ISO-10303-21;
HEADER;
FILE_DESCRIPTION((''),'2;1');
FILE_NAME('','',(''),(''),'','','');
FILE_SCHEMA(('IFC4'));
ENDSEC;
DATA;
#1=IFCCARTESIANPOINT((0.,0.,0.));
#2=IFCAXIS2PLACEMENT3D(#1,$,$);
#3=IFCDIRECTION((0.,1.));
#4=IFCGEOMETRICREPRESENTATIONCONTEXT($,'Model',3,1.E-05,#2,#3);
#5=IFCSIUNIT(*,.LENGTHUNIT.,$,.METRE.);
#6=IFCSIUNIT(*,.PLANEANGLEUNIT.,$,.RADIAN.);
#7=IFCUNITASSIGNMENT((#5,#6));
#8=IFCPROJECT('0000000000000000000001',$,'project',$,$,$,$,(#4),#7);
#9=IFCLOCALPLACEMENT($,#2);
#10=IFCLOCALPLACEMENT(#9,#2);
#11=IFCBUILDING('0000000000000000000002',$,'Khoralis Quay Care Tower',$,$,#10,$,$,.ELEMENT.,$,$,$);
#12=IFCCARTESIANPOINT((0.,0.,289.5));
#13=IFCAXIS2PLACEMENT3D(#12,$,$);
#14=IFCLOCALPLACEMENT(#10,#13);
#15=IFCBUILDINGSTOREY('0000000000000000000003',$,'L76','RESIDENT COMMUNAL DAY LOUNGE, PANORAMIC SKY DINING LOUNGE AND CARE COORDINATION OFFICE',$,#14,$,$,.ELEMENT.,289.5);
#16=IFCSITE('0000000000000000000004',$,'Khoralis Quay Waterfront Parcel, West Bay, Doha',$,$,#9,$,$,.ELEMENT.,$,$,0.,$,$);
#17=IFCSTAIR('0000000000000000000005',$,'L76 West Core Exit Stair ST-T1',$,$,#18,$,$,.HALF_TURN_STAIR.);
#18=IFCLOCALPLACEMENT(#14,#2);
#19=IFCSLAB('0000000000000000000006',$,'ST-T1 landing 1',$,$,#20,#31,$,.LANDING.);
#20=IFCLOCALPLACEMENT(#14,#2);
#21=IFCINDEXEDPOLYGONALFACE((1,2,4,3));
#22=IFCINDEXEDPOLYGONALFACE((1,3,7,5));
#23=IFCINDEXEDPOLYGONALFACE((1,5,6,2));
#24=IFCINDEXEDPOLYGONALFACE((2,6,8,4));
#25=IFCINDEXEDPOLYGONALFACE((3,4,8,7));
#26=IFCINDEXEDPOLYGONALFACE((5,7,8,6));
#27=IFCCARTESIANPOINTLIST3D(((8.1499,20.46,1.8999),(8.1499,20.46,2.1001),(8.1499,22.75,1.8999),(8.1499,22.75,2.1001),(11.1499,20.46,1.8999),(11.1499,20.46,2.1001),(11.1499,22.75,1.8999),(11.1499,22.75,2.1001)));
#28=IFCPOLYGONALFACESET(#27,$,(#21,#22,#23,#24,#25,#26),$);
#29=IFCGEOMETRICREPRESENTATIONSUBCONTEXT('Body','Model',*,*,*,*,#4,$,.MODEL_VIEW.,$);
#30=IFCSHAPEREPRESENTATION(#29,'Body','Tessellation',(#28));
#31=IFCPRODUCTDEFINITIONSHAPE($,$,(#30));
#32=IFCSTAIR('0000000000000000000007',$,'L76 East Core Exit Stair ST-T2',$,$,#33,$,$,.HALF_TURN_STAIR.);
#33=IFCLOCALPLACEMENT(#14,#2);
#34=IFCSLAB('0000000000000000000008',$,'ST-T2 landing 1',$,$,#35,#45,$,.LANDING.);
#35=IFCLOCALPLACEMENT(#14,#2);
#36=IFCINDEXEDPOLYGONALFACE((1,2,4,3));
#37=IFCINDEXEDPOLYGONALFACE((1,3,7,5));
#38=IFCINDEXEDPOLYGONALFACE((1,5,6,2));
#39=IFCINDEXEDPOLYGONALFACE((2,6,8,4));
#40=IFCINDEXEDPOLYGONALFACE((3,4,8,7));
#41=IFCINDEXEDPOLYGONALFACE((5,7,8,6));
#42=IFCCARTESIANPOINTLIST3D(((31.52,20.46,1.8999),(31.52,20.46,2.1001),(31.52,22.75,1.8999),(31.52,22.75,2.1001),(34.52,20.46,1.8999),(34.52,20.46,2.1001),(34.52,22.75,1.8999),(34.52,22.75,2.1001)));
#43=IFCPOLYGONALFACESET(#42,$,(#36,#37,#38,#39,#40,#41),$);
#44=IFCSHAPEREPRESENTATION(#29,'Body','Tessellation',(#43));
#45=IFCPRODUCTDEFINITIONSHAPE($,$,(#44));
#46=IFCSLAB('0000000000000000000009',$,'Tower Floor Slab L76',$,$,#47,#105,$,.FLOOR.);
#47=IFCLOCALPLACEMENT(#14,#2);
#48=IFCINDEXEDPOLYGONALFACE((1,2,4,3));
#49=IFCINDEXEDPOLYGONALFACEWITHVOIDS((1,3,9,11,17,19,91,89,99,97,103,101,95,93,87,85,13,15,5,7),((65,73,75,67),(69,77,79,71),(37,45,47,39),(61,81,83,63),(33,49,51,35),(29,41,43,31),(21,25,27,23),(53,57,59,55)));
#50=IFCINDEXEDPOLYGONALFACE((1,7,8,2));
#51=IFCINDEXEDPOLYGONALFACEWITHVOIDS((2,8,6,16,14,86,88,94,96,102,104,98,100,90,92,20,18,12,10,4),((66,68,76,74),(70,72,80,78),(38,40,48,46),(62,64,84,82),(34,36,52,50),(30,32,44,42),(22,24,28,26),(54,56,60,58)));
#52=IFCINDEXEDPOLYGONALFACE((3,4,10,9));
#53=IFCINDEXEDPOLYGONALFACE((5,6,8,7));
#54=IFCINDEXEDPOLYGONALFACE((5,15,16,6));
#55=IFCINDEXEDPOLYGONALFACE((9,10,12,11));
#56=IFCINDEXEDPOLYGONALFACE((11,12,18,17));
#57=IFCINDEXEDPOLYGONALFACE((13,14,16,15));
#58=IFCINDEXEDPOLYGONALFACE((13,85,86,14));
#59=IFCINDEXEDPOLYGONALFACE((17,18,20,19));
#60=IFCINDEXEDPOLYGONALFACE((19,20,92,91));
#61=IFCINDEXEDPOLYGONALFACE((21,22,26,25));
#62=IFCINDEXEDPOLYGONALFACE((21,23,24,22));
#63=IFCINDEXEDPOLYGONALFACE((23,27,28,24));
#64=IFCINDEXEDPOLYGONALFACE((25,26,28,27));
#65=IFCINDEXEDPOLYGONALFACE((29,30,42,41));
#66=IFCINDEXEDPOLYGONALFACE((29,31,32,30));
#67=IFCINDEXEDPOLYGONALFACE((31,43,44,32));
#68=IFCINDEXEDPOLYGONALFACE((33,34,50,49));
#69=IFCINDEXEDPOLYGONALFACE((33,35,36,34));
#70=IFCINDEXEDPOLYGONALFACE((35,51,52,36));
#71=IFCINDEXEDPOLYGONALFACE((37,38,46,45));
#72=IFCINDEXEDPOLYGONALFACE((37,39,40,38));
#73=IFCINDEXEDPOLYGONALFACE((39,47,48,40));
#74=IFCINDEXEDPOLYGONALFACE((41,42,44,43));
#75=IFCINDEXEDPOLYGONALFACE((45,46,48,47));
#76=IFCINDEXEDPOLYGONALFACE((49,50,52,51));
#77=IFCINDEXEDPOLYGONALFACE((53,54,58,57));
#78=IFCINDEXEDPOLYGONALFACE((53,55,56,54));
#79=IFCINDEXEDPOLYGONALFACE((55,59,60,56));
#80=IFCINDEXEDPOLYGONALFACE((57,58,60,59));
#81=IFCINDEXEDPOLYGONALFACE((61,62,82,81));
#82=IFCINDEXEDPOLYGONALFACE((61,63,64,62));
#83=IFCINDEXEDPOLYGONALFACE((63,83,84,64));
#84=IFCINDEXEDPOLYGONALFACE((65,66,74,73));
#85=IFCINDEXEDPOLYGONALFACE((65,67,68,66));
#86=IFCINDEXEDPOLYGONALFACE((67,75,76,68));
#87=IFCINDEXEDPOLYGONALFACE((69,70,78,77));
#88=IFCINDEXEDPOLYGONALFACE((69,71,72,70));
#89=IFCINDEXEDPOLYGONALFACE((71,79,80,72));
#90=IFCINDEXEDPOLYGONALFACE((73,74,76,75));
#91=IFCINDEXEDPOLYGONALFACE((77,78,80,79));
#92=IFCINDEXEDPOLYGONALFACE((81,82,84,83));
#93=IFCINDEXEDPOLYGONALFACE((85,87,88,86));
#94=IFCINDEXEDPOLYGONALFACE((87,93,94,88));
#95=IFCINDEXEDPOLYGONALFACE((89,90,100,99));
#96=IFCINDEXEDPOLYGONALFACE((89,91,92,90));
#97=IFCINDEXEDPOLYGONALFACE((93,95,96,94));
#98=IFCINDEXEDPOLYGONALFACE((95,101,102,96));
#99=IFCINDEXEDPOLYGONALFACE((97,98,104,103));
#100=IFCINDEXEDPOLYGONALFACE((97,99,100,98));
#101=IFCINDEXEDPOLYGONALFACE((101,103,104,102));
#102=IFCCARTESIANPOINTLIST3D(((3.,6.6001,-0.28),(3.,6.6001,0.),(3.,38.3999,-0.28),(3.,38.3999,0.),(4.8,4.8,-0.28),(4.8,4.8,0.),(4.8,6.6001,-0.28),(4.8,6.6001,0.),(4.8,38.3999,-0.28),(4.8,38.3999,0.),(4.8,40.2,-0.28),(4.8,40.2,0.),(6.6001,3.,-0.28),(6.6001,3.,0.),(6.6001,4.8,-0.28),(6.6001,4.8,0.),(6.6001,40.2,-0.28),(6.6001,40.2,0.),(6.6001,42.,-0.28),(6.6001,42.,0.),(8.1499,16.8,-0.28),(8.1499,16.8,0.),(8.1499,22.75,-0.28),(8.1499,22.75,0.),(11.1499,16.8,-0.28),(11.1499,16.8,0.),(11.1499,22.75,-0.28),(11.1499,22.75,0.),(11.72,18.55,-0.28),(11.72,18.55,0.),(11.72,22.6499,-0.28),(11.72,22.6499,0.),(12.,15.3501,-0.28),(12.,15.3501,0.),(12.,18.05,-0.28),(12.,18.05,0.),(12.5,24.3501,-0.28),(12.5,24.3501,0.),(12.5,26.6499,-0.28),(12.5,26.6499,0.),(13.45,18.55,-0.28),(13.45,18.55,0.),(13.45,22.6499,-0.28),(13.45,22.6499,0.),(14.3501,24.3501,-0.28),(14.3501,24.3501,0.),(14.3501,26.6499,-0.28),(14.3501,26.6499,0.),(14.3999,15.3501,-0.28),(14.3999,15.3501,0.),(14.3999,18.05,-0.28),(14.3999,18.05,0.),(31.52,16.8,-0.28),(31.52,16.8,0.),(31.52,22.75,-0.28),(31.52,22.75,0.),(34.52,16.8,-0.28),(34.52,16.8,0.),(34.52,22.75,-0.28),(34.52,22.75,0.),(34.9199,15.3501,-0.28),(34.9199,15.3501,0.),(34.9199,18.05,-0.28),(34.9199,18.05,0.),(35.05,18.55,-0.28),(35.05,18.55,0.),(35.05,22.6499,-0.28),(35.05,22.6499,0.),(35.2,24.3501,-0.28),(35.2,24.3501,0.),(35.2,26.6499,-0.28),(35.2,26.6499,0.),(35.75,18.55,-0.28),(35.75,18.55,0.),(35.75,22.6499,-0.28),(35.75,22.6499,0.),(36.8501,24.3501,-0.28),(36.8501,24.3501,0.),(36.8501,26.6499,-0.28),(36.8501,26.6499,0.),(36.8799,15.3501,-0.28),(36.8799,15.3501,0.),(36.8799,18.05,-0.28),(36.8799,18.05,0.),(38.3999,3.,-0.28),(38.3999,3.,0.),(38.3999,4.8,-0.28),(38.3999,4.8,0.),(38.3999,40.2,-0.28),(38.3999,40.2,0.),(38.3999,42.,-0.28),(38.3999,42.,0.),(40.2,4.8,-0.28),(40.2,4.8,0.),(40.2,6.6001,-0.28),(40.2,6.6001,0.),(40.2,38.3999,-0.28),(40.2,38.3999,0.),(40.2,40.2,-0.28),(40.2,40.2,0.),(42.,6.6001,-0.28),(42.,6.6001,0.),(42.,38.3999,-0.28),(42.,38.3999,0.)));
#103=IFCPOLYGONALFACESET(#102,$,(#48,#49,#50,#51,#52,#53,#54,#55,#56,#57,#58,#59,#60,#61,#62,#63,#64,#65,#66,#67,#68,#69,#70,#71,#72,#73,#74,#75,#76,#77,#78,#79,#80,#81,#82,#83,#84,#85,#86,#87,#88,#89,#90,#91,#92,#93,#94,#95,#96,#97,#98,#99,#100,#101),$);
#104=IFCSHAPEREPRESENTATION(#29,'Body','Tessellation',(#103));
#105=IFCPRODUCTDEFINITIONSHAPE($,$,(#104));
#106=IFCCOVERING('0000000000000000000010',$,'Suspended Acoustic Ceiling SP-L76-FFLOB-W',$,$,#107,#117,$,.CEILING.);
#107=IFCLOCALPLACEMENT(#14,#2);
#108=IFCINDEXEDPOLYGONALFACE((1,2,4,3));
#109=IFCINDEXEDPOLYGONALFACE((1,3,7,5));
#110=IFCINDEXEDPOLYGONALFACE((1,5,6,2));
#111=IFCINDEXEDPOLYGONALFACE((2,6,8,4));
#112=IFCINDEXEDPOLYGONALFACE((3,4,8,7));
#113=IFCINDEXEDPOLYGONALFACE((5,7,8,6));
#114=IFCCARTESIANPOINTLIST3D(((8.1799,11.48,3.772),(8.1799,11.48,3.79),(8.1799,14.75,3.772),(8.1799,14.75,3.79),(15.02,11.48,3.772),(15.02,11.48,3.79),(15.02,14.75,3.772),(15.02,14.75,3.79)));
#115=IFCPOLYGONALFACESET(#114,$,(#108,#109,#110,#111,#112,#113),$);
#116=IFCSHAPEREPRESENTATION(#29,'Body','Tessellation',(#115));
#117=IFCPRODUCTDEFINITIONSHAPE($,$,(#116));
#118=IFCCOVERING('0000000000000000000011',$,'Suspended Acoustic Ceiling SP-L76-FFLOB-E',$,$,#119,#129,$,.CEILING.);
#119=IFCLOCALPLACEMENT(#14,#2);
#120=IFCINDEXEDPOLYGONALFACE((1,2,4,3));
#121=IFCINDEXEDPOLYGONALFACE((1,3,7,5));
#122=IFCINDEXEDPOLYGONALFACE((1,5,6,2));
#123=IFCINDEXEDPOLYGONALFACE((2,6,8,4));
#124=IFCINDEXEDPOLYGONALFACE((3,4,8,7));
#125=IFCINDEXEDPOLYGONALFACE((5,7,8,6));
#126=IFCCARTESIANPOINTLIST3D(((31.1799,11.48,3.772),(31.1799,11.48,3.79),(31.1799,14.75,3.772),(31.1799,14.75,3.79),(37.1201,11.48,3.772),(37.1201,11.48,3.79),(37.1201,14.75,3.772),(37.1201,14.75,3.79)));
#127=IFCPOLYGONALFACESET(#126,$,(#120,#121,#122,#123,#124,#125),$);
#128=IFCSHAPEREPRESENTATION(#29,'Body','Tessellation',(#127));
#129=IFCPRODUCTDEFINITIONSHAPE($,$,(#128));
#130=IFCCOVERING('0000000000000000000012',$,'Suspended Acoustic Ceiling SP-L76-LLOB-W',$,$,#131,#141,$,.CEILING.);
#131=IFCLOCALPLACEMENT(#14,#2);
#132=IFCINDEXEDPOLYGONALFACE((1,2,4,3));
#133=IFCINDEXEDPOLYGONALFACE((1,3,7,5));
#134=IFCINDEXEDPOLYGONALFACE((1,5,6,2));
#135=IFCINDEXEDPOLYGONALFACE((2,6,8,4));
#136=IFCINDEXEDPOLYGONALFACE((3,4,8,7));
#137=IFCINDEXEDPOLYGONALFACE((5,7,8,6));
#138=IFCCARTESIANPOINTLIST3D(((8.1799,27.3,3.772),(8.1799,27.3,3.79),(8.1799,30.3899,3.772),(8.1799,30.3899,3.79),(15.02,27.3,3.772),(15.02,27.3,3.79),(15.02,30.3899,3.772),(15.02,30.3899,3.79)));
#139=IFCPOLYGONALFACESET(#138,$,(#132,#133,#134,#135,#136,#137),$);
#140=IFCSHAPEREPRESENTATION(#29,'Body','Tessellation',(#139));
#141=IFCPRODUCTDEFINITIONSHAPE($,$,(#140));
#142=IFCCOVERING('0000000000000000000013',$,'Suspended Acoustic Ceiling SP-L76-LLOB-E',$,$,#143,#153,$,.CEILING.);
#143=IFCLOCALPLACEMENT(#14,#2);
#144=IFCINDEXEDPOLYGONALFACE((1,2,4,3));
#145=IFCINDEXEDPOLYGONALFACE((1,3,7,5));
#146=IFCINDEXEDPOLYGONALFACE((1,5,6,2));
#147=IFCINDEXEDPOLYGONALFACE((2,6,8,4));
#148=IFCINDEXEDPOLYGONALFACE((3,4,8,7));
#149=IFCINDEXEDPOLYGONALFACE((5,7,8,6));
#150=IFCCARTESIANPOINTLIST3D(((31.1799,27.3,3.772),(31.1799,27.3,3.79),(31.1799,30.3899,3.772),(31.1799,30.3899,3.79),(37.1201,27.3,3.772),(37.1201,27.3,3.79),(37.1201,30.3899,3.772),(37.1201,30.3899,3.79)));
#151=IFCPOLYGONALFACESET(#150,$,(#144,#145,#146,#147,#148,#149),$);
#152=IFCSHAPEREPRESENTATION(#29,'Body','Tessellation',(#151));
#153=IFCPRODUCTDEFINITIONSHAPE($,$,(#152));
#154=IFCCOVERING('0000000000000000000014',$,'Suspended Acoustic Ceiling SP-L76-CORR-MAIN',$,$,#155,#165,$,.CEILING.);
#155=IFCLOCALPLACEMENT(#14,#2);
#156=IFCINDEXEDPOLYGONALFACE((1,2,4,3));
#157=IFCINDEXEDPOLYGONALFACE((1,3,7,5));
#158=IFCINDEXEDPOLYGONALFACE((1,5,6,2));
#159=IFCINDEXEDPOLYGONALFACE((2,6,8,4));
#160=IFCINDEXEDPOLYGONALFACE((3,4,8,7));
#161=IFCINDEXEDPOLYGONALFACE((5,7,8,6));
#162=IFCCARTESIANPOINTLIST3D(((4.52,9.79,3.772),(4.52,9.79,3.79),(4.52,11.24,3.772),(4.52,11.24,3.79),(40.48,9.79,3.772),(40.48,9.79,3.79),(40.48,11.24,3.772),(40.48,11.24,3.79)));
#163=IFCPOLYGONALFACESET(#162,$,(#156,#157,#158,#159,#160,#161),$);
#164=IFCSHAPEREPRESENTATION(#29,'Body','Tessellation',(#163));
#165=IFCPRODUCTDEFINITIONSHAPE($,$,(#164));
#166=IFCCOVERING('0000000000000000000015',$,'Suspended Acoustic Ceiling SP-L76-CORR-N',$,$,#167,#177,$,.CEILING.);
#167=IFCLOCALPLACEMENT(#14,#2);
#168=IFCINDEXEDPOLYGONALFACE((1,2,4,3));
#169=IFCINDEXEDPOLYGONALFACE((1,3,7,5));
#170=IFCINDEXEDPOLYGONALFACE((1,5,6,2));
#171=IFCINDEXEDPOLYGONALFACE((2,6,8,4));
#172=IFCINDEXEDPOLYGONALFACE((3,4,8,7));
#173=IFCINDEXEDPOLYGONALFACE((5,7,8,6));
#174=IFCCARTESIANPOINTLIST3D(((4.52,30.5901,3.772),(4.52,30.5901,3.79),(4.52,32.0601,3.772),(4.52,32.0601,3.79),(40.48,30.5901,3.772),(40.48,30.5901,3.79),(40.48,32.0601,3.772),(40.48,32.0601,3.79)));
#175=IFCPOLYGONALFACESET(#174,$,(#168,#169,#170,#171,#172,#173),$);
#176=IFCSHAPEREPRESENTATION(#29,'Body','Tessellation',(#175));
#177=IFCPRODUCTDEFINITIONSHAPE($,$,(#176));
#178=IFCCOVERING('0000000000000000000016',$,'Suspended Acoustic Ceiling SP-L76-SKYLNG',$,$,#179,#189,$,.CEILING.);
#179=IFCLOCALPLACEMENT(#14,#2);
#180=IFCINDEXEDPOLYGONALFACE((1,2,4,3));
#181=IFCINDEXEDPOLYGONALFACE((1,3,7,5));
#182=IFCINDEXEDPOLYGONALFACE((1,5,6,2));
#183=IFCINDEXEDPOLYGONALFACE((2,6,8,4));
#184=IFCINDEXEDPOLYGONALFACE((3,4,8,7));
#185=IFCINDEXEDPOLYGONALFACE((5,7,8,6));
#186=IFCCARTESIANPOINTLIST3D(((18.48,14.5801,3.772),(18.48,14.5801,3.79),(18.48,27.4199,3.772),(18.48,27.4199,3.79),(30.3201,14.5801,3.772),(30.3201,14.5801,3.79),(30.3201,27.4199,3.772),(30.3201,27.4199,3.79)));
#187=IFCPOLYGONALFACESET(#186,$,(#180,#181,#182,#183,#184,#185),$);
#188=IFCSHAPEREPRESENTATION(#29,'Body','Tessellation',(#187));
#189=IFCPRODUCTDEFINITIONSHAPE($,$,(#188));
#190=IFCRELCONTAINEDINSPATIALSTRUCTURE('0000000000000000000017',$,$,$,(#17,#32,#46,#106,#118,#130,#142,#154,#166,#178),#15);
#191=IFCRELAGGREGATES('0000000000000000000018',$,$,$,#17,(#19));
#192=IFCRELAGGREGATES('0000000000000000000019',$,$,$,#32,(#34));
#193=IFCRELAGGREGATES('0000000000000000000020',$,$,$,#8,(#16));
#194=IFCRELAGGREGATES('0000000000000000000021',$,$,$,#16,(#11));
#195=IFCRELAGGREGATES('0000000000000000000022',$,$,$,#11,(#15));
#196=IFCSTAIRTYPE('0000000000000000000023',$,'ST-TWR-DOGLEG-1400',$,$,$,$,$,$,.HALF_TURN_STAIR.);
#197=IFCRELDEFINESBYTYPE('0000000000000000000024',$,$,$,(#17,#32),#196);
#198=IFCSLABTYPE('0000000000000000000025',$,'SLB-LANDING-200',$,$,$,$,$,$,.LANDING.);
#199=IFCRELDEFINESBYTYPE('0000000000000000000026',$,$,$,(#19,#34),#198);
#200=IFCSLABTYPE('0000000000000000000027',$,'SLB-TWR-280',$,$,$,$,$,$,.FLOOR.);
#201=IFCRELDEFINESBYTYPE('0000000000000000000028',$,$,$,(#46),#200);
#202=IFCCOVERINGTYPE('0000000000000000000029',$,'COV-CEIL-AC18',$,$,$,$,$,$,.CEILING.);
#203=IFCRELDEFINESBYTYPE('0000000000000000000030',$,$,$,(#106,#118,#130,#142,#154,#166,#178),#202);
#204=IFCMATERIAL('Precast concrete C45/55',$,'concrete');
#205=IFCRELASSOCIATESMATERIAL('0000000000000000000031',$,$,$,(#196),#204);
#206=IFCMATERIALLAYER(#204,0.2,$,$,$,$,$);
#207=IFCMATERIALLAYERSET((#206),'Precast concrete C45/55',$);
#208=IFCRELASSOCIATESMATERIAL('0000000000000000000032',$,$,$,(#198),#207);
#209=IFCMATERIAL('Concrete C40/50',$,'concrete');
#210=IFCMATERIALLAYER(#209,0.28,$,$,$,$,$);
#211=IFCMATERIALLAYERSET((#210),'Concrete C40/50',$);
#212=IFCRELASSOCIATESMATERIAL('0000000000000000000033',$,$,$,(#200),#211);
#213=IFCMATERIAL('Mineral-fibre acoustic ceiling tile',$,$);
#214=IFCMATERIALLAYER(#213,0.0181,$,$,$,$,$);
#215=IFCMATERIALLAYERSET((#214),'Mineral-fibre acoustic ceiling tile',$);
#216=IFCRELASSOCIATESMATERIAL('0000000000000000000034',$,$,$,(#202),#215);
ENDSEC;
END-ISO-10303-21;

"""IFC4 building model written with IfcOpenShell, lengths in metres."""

from ifc_helpers import new_model, si_unit, direction, frame, origin, place, context, subcontext, project, spatial, polyline, outline, extrude, material, layer, layer_set, type_object, element, aggregate, save


model = new_model("IFC4")

# Units and contexts
model_context = context("Model", 3, precision=1e-05, world=origin(), true_north=direction((0.0, 1.0)))
body_context = subcontext(model_context, "Body", "Model", "MODEL_VIEW")
ifc_project = project(units=[si_unit("LENGTHUNIT", "METRE"), si_unit("PLANEANGLEUNIT", "RADIAN")], contexts=[model_context])

# Site, building, storey
site_placement = place(None, origin())
site = spatial("IfcSite", under=ifc_project, at=site_placement, Name="Khoralis Quay Waterfront Parcel, West Bay, Doha", CompositionType="ELEMENT", RefElevation=0.0)
building_placement = place(site_placement, origin())
building = spatial("IfcBuilding", under=site, at=building_placement, Name="Khoralis Quay Care Tower", CompositionType="ELEMENT")
storey_placement = place(building_placement, frame((0.0, 0.0, 289.5)))
storey = spatial("IfcBuildingStorey", under=building, at=storey_placement, Name="L76", Description="RESIDENT COMMUNAL DAY LOUNGE, PANORAMIC SKY DINING LOUNGE AND CARE COORDINATION OFFICE", CompositionType="ELEMENT", Elevation=289.5)

# Stairs, slabs
ifc_material_1 = material(Name="Precast concrete C45/55", Category="concrete")
stair_type = type_object("IfcStairType", Name="ST-TWR-DOGLEG-1400", PredefinedType="HALF_TURN_STAIR", material=ifc_material_1)
stair_1_placement = place(storey_placement, origin())
stair_1 = element("IfcStair", 1, at=stair_1_placement, inside=storey, type_object=stair_type, Name="L76 West Core Exit Stair ST-T1", PredefinedType="HALF_TURN_STAIR")
ifc_layer_1 = layer(ifc_material_1, 0.2)
ifc_layer_set_1 = layer_set([ifc_layer_1], Name="Precast concrete C45/55")
slab_type_1 = type_object("IfcSlabType", Name="SLB-LANDING-200", PredefinedType="LANDING", material=ifc_layer_set_1)
slab_1_placement = place(storey_placement, frame((0.0, 0.0, 1.8999)))
slab_1 = element("IfcSlab", 2, at=slab_1_placement, type_object=slab_type_1, Name="ST-T1 landing 1", PredefinedType="LANDING", context=body_context, shape_type="SweptSolid", body=[
    extrude(outline(polyline([(11.1499, 20.46), (11.1499, 22.75), (8.1499, 22.75), (8.1499, 20.46), (11.1499, 20.46)])), origin(), (0.0, 0.0, 1.0), 0.2002),
])
aggregate(stair_1, [slab_1])
stair_2_placement = place(storey_placement, origin())
stair_2 = element("IfcStair", 3, at=stair_2_placement, inside=storey, type_object=stair_type, Name="L76 East Core Exit Stair ST-T2", PredefinedType="HALF_TURN_STAIR")
slab_2_placement = place(storey_placement, frame((0.0, 0.0, 1.8999)))
slab_2 = element("IfcSlab", 4, at=slab_2_placement, type_object=slab_type_1, Name="ST-T2 landing 1", PredefinedType="LANDING", context=body_context, shape_type="SweptSolid", body=[
    extrude(outline(polyline([(34.52, 20.46), (34.52, 22.75), (31.52, 22.75), (31.52, 20.46), (34.52, 20.46)])), origin(), (0.0, 0.0, 1.0), 0.2002),
])
aggregate(stair_2, [slab_2])

# Slab
ifc_material_2 = material(Name="Concrete C40/50", Category="concrete")
ifc_layer_2 = layer(ifc_material_2, 0.28)
ifc_layer_set_2 = layer_set([ifc_layer_2], Name="Concrete C40/50")
slab_type_2 = type_object("IfcSlabType", Name="SLB-TWR-280", PredefinedType="FLOOR", material=ifc_layer_set_2)
slab_3_placement = place(storey_placement, frame((0.0, 0.0, -0.28)))
element("IfcSlab", 5, at=slab_3_placement, inside=storey, type_object=slab_type_2, Name="Tower Floor Slab L76", PredefinedType="FLOOR", context=body_context, shape_type="SweptSolid", body=[
    extrude(outline(polyline([(6.6001, 3.0), (38.3999, 3.0), (38.3999, 4.8), (40.2, 4.8), (40.2, 6.6001), (42.0, 6.6001), (42.0, 38.3999), (40.2, 38.3999), (40.2, 40.2), (38.3999, 40.2), (38.3999, 42.0), (6.6001, 42.0), (6.6001, 40.2), (4.8, 40.2), (4.8, 38.3999), (3.0, 38.3999), (3.0, 6.6001), (4.8, 6.6001), (4.8, 4.8), (6.6001, 4.8), (6.6001, 3.0)]), holes=[polyline([(11.1499, 16.8), (11.1499, 22.75), (8.1499, 22.75), (8.1499, 16.8), (11.1499, 16.8)]), polyline([(34.52, 16.8), (34.52, 22.75), (31.52, 22.75), (31.52, 16.8), (34.52, 16.8)]), polyline([(12.0, 15.3501), (14.3999, 15.3501), (14.3999, 18.05), (12.0, 18.05), (12.0, 15.3501)]), polyline([(34.9199, 15.3501), (36.8799, 15.3501), (36.8799, 18.05), (34.9199, 18.05), (34.9199, 15.3501)]), polyline([(12.5, 24.3501), (14.3501, 24.3501), (14.3501, 26.6499), (12.5, 26.6499), (12.5, 24.3501)]), polyline([(35.2, 24.3501), (36.8501, 24.3501), (36.8501, 26.6499), (35.2, 26.6499), (35.2, 24.3501)]), polyline([(11.72, 18.55), (13.45, 18.55), (13.45, 22.6499), (11.72, 22.6499), (11.72, 18.55)]), polyline([(35.05, 18.55), (35.75, 18.55), (35.75, 22.6499), (35.05, 22.6499), (35.05, 18.55)])]), origin(), (0.0, 0.0, 1.0), 0.28),
])

# Coverings
ifc_material_3 = material(Name="Mineral-fibre acoustic ceiling tile")
ifc_layer_3 = layer(ifc_material_3, 0.0181)
ifc_layer_set_3 = layer_set([ifc_layer_3], Name="Mineral-fibre acoustic ceiling tile")
covering_type_1 = type_object("IfcCoveringType", Name="COV-CEIL-AC18", PredefinedType="CEILING", material=ifc_layer_set_3)
covering_1_placement = place(storey_placement, frame((0.0, 0.0, 3.772)))
element("IfcCovering", 6, at=covering_1_placement, inside=storey, type_object=covering_type_1, Name="Suspended Acoustic Ceiling SP-L76-FFLOB-W", PredefinedType="CEILING", context=body_context, shape_type="SweptSolid", body=[
    extrude(outline(polyline([(8.1799, 11.48), (15.02, 11.48), (15.02, 14.75), (8.1799, 14.75), (8.1799, 11.48)])), origin(), (0.0, 0.0, 1.0), 0.0181),
])
covering_2_placement = place(storey_placement, frame((0.0, 0.0, 3.772)))
element("IfcCovering", 7, at=covering_2_placement, inside=storey, type_object=covering_type_1, Name="Suspended Acoustic Ceiling SP-L76-FFLOB-E", PredefinedType="CEILING", context=body_context, shape_type="SweptSolid", body=[
    extrude(outline(polyline([(31.1799, 11.48), (37.1201, 11.48), (37.1201, 14.75), (31.1799, 14.75), (31.1799, 11.48)])), origin(), (0.0, 0.0, 1.0), 0.0181),
])
covering_3_placement = place(storey_placement, frame((0.0, 0.0, 3.772)))
element("IfcCovering", 8, at=covering_3_placement, inside=storey, type_object=covering_type_1, Name="Suspended Acoustic Ceiling SP-L76-LLOB-W", PredefinedType="CEILING", context=body_context, shape_type="SweptSolid", body=[
    extrude(outline(polyline([(8.1799, 27.3), (15.02, 27.3), (15.02, 30.3899), (8.1799, 30.3899), (8.1799, 27.3)])), origin(), (0.0, 0.0, 1.0), 0.0181),
])
covering_4_placement = place(storey_placement, frame((0.0, 0.0, 3.772)))
element("IfcCovering", 9, at=covering_4_placement, inside=storey, type_object=covering_type_1, Name="Suspended Acoustic Ceiling SP-L76-LLOB-E", PredefinedType="CEILING", context=body_context, shape_type="SweptSolid", body=[
    extrude(outline(polyline([(31.1799, 27.3), (37.1201, 27.3), (37.1201, 30.3899), (31.1799, 30.3899), (31.1799, 27.3)])), origin(), (0.0, 0.0, 1.0), 0.0181),
])
covering_5_placement = place(storey_placement, frame((0.0, 0.0, 3.772)))
element("IfcCovering", 10, at=covering_5_placement, inside=storey, type_object=covering_type_1, Name="Suspended Acoustic Ceiling SP-L76-CORR-MAIN", PredefinedType="CEILING", context=body_context, shape_type="SweptSolid", body=[
    extrude(outline(polyline([(4.52, 9.79), (40.48, 9.79), (40.48, 11.24), (4.52, 11.24), (4.52, 9.79)])), origin(), (0.0, 0.0, 1.0), 0.0181),
])
covering_6_placement = place(storey_placement, frame((0.0, 0.0, 3.772)))
element("IfcCovering", 11, at=covering_6_placement, inside=storey, type_object=covering_type_1, Name="Suspended Acoustic Ceiling SP-L76-CORR-N", PredefinedType="CEILING", context=body_context, shape_type="SweptSolid", body=[
    extrude(outline(polyline([(4.52, 30.5901), (40.48, 30.5901), (40.48, 32.0601), (4.52, 32.0601), (4.52, 30.5901)])), origin(), (0.0, 0.0, 1.0), 0.0181),
])
covering_7_placement = place(storey_placement, frame((0.0, 0.0, 3.772)))
element("IfcCovering", 12, at=covering_7_placement, inside=storey, type_object=covering_type_1, Name="Suspended Acoustic Ceiling SP-L76-SKYLNG", PredefinedType="CEILING", context=body_context, shape_type="SweptSolid", body=[
    extrude(outline(polyline([(18.48, 14.5801), (30.3201, 14.5801), (30.3201, 27.4199), (18.48, 27.4199), (18.48, 14.5801)])), origin(), (0.0, 0.0, 1.0), 0.0181),
])

save(model, "model.ifc")
